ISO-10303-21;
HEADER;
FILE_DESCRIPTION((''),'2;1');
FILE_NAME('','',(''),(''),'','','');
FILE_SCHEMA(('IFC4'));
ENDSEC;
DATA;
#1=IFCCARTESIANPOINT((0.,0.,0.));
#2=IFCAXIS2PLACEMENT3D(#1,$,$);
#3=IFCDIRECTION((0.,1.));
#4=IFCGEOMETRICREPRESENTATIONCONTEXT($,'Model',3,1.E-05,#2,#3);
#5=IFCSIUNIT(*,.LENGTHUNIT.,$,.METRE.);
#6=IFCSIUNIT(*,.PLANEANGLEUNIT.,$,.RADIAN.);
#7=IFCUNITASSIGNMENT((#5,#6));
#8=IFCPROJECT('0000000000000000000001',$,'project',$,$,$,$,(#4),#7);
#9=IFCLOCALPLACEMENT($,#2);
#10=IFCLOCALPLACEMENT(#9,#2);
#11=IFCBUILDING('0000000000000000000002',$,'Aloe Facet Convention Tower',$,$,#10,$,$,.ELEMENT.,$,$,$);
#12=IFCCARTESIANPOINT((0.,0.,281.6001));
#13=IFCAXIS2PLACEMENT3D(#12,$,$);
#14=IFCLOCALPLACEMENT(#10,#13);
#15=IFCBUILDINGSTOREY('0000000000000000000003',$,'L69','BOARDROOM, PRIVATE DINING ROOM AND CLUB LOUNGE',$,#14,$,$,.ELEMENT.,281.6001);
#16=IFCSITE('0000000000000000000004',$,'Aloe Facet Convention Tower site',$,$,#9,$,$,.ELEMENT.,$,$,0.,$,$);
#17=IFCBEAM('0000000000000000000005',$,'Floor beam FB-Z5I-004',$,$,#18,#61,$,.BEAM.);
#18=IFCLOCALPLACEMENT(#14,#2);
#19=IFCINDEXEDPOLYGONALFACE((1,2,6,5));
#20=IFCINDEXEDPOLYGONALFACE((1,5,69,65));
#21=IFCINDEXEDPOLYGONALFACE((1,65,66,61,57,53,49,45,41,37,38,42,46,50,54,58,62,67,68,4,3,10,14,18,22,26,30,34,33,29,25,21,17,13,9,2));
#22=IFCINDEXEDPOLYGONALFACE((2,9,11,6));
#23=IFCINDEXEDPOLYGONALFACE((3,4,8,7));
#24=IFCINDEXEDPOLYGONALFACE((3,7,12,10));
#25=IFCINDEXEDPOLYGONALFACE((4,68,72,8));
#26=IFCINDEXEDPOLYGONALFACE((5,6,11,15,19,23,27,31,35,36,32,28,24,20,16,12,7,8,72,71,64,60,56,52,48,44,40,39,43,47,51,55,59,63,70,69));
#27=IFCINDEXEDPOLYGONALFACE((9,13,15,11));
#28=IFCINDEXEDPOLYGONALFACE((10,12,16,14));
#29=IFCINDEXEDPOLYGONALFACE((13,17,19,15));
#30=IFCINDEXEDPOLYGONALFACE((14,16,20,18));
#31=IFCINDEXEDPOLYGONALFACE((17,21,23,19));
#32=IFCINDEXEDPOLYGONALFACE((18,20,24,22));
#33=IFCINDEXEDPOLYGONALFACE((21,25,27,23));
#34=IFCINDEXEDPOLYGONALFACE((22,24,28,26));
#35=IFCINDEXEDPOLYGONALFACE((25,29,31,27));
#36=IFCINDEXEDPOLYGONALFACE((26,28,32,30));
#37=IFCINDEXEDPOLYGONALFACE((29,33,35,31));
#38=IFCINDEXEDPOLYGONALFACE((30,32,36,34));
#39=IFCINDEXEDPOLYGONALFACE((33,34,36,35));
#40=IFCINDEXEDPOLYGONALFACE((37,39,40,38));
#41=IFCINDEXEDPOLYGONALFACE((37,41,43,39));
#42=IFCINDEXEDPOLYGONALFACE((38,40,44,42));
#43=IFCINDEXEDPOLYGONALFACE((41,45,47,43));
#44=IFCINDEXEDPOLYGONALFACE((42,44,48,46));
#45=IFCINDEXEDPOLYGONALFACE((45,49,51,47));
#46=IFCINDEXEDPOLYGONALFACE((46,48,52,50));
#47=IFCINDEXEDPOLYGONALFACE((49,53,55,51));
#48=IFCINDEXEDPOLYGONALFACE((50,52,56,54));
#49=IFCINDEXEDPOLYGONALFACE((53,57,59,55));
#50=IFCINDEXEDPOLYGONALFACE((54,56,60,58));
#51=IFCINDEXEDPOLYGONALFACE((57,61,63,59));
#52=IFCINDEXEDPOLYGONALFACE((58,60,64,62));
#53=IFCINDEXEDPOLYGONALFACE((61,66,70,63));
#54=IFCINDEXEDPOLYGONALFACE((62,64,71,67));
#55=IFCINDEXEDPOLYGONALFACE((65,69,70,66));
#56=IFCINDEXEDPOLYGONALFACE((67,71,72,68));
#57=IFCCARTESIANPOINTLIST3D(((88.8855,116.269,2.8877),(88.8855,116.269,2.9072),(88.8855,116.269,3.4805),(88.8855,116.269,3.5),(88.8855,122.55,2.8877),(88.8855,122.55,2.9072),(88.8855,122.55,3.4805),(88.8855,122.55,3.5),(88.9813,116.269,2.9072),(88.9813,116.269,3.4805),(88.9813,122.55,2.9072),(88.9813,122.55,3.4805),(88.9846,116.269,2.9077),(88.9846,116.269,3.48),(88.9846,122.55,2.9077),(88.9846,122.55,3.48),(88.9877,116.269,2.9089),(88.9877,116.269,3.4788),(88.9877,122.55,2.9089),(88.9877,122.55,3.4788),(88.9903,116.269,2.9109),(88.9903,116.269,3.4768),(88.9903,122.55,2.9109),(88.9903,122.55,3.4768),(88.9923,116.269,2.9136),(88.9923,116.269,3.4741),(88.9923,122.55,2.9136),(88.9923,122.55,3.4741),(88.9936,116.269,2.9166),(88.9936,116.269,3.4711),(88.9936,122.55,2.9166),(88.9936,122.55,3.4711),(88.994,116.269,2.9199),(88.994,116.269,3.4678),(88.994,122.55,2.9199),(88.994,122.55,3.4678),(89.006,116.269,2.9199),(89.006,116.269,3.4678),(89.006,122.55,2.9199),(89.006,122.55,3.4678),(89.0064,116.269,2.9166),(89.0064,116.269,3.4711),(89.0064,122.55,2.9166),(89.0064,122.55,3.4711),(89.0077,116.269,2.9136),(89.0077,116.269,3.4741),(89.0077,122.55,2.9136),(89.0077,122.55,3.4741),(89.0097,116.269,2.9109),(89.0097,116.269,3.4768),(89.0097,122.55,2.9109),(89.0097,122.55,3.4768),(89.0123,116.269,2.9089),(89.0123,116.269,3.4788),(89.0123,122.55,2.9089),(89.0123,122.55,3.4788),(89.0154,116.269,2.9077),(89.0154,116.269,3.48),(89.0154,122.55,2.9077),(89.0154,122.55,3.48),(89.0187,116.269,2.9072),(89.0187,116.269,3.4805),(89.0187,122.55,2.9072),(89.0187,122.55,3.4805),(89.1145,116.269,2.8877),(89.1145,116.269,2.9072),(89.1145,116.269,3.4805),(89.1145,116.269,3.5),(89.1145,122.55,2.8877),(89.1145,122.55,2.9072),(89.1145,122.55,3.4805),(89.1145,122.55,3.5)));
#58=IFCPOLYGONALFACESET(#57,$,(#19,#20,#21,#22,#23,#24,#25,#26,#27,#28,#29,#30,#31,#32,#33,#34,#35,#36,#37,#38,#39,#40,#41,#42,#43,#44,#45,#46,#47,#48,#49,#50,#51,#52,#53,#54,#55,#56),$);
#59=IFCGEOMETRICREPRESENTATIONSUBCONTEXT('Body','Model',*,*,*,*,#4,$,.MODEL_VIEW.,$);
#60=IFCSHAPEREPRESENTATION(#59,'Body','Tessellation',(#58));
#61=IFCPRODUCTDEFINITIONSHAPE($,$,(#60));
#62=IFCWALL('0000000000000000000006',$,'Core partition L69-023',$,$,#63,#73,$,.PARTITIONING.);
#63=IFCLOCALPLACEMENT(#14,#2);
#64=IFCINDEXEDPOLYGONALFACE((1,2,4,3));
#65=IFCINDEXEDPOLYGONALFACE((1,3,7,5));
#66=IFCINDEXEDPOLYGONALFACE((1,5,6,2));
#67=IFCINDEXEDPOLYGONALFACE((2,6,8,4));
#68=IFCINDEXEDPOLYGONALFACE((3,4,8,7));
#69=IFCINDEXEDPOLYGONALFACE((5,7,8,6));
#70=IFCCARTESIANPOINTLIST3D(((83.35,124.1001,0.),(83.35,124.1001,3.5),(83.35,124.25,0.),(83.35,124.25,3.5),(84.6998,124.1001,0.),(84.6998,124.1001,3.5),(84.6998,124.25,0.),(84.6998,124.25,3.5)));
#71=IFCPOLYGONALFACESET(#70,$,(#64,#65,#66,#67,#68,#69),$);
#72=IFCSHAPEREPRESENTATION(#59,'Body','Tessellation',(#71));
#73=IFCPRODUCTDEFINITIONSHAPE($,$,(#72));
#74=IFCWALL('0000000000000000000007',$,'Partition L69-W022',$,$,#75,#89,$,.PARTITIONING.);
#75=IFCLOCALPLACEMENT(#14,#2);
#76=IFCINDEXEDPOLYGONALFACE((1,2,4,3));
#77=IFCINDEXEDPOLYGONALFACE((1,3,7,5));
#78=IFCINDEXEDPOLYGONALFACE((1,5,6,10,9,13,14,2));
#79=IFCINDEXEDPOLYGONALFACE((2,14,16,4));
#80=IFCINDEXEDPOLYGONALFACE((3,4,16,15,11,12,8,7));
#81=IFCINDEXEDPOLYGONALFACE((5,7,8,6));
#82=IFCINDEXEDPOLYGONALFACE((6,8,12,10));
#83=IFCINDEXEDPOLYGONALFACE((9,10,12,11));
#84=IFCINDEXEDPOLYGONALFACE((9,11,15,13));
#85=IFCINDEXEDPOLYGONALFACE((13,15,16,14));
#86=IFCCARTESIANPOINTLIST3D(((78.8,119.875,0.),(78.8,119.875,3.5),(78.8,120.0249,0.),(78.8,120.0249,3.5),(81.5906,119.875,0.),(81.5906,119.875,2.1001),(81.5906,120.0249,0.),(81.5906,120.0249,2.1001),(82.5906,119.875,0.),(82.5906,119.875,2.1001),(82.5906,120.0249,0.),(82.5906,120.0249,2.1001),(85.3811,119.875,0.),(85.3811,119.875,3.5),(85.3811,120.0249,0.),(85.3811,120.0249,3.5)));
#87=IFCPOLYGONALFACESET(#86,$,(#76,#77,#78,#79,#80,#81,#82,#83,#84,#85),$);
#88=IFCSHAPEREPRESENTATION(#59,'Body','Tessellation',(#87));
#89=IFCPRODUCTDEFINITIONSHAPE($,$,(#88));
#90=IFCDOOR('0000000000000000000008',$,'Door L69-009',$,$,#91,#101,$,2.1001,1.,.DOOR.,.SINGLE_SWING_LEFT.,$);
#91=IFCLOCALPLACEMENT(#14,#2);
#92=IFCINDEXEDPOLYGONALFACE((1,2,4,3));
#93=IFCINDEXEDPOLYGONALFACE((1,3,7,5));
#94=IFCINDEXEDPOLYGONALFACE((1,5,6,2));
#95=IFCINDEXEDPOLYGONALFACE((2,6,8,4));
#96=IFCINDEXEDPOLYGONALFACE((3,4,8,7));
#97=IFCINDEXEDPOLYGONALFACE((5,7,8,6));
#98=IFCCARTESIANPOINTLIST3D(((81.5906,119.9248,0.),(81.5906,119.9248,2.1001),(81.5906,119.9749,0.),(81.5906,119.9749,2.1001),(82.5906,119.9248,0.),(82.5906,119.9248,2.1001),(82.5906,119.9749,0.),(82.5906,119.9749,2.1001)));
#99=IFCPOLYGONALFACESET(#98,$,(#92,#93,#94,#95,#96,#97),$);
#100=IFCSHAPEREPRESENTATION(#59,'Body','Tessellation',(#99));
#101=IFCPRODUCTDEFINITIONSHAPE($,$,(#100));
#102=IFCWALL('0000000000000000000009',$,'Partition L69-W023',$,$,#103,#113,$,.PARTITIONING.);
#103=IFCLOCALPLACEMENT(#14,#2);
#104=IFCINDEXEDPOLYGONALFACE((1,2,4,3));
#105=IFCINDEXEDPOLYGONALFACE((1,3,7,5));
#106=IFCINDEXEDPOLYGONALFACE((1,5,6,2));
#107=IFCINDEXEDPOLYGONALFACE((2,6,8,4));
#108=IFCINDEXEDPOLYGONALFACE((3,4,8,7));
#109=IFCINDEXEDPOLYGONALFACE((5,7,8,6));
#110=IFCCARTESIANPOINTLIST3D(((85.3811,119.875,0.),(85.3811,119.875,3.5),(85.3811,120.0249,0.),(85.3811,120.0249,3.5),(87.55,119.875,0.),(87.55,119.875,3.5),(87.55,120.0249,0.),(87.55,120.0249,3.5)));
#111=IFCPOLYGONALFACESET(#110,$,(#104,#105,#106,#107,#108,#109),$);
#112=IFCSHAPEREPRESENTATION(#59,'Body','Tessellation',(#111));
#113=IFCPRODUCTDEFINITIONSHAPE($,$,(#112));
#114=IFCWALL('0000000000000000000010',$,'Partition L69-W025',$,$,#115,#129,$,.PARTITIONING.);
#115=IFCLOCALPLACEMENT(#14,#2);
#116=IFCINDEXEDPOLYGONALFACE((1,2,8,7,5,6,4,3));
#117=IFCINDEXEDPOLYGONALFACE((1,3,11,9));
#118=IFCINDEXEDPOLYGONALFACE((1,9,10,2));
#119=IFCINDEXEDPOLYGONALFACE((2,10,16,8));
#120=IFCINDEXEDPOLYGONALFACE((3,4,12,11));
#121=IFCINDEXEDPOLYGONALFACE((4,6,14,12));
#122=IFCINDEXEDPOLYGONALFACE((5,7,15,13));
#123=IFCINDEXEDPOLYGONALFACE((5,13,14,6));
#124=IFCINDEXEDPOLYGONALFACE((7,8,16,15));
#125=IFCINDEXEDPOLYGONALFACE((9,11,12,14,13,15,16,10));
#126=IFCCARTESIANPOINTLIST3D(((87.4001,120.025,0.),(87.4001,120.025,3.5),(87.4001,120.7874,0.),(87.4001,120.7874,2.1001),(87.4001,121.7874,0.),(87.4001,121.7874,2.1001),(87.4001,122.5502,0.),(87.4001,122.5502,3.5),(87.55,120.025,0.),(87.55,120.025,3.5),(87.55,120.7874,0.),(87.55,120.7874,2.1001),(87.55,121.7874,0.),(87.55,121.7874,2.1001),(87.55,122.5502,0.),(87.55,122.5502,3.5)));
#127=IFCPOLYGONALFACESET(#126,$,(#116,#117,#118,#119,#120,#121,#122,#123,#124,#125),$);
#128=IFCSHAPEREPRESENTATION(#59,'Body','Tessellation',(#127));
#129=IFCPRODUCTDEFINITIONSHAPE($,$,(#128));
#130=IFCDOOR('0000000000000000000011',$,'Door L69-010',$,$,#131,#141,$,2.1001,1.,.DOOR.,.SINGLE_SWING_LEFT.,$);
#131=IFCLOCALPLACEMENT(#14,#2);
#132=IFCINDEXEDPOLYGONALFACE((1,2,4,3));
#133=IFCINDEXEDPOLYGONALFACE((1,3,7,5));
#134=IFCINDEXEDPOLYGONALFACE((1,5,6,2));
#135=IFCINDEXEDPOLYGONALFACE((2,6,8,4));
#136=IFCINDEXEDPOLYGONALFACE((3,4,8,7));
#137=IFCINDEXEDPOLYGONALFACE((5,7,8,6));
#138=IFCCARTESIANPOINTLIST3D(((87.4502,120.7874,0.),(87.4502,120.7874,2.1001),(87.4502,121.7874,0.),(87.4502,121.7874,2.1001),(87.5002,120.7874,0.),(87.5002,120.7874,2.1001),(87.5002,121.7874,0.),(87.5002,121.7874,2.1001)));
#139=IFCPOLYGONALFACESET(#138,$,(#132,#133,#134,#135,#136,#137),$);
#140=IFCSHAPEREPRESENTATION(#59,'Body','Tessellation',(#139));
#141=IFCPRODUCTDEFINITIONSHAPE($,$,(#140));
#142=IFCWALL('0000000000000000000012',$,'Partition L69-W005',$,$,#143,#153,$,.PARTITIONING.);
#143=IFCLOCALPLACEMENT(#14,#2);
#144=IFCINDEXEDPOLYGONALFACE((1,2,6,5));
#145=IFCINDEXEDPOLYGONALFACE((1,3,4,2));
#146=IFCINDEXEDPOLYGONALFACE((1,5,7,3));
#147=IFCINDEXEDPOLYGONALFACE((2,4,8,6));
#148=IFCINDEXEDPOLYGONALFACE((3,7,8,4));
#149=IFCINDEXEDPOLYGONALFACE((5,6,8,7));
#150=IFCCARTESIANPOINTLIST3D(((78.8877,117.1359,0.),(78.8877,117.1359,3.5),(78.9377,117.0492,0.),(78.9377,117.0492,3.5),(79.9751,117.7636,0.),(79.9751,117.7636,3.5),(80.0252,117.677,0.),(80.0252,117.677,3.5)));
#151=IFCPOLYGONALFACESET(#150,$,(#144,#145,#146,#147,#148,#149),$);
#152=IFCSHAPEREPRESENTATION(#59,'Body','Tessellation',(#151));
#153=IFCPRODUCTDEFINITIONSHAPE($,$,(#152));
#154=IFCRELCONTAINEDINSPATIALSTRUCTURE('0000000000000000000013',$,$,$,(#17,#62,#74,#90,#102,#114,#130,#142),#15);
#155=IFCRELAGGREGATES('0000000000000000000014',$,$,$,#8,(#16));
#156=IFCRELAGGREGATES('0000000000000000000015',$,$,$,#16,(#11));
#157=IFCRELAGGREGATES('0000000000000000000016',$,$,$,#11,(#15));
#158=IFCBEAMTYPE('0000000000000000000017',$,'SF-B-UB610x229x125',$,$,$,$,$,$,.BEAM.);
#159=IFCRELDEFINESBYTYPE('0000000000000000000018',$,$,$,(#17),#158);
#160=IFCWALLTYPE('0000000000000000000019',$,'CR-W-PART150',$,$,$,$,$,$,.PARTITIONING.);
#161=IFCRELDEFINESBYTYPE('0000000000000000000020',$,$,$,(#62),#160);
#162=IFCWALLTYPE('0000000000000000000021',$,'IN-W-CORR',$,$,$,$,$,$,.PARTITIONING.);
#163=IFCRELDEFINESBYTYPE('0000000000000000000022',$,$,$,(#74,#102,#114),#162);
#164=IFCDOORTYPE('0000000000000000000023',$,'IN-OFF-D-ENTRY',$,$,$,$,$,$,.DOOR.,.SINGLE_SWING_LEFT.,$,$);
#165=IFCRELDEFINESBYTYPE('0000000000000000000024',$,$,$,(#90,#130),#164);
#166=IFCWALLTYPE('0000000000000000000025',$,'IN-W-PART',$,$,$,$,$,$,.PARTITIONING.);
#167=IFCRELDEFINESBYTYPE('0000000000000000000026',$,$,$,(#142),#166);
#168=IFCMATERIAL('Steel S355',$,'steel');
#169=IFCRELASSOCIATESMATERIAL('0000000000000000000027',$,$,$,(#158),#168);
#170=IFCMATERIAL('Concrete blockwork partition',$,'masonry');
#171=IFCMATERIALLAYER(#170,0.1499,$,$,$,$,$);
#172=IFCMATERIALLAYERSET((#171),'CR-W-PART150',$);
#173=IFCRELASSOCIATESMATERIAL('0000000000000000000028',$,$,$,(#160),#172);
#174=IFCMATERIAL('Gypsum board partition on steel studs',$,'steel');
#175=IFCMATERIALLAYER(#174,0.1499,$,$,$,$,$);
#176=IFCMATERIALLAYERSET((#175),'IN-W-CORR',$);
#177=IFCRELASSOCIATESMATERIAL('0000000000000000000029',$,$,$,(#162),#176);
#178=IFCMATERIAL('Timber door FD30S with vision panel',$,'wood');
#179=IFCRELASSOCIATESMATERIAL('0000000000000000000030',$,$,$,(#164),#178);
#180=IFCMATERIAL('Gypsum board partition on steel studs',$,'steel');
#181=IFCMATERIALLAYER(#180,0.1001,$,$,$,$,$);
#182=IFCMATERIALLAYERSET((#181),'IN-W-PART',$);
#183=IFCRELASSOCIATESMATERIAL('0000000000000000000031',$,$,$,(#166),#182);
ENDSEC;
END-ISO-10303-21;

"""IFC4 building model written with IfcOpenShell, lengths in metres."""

from ifc_helpers import new_model, si_unit, direction, frame, frame_2d, origin, origin_2d, place, context, subcontext, project, spatial, rectangle, i_section, extrude, material, layer, layer_set, material_profile, profile_set, type_object, element, fill, save


model = new_model("IFC4")

# Units and contexts
model_context = context("Model", 3, precision=1e-05, world=origin(), true_north=direction((0.0, 1.0)))
body_context = subcontext(model_context, "Body", "Model", "MODEL_VIEW")
ifc_project = project(units=[si_unit("LENGTHUNIT", "METRE"), si_unit("PLANEANGLEUNIT", "RADIAN")], contexts=[model_context])

# Site, building, storey
site_placement = place(None, origin())
site = spatial("IfcSite", under=ifc_project, at=site_placement, Name="Aloe Facet Convention Tower site", CompositionType="ELEMENT", RefElevation=0.0)
building_placement = place(site_placement, origin())
building = spatial("IfcBuilding", under=site, at=building_placement, Name="Aloe Facet Convention Tower", CompositionType="ELEMENT")
storey_placement = place(building_placement, frame((0.0, 0.0, 281.6001)))
storey = spatial("IfcBuildingStorey", under=building, at=storey_placement, Name="L69", Description="BOARDROOM, PRIVATE DINING ROOM AND CLUB LOUNGE", CompositionType="ELEMENT", Elevation=281.6001)

# Beam
ifc_material_1 = material(Name="Steel S355", Category="steel")
ifc_material_profile_1 = material_profile(ifc_material_1, i_section(OverallWidth=0.229, OverallDepth=0.6123, WebThickness=0.012, FlangeThickness=0.0195, FilletRadius=0.0127, at=origin_2d()), Name="UB 610x229x125")
ifc_profile_set_1 = profile_set([ifc_material_profile_1], Name="Steel S355")
beam_type_1 = type_object("IfcBeamType", Name="SF-B-UB610x229x125", PredefinedType="BEAM", material=ifc_profile_set_1)
beam_1_placement = place(storey_placement, frame((89.0, 122.55, 3.1938), z_axis=(0.0, -1.0, 0.0), x_axis=(1.0, 0.0, 0.0)))
element("IfcBeam", 1, at=beam_1_placement, inside=storey, type_object=beam_type_1, Name="Floor beam FB-Z5I-004", PredefinedType="BEAM", context=body_context, shape_type="SweptSolid", body=[
    extrude(i_section(OverallWidth=0.229, OverallDepth=0.6123, WebThickness=0.012, FlangeThickness=0.0195, FilletRadius=0.0127, at=origin_2d()), origin(), (0.0, 0.0, 1.0), 6.281),
])

# Wall
ifc_material_2 = material(Name="Concrete blockwork partition", Category="masonry")
ifc_layer_1 = layer(ifc_material_2, 0.1499)
ifc_layer_set_1 = layer_set([ifc_layer_1], Name="CR-W-PART150")
wall_type_1 = type_object("IfcWallType", Name="CR-W-PART150", PredefinedType="PARTITIONING", material=ifc_layer_set_1)
wall_1_placement = place(storey_placement, frame((83.3501, 124.175, 0.0), z_axis=(0.0, 0.0, 1.0), x_axis=(1.0, 0.0, 0.0)))
element("IfcWall", 2, at=wall_1_placement, inside=storey, type_object=wall_type_1, Name="Core partition L69-023", PredefinedType="PARTITIONING", context=body_context, shape_type="SweptSolid", body=[
    extrude(rectangle(XDim=1.3499, YDim=0.1499, at=frame_2d((0.6748, 0.0))), origin(), (0.0, 0.0, 1.0), 3.5),
])

# Wall, opening, door
ifc_material_3 = material(Name="Gypsum board partition on steel studs", Category="steel")
ifc_layer_2 = layer(ifc_material_3, 0.1499)
ifc_layer_set_2 = layer_set([ifc_layer_2], Name="IN-W-CORR")
wall_type_2 = type_object("IfcWallType", Name="IN-W-CORR", PredefinedType="PARTITIONING", material=ifc_layer_set_2)
wall_2_placement = place(storey_placement, frame((78.8, 119.95, 0.0), z_axis=(0.0, 0.0, 1.0), x_axis=(1.0, 0.0, 0.0)))
wall_2 = element("IfcWall", 3, at=wall_2_placement, inside=storey, type_object=wall_type_2, Name="Partition L69-W022", PredefinedType="PARTITIONING", context=body_context, shape_type="SweptSolid", body=[
    extrude(rectangle(XDim=6.5811, YDim=0.1499, at=frame_2d((3.2905, 0.0))), origin(), (0.0, 0.0, 1.0), 3.5),
])
opening_1_placement = place(wall_2_placement, frame((2.7905, 0.0, 0.0)))
opening_1 = element("IfcOpeningElement", 4, at=opening_1_placement, cuts=wall_2, PredefinedType="OPENING", context=body_context, shape_type="SweptSolid", body=[
    extrude(rectangle(XDim=1.0, YDim=2.1001, at=frame_2d((0.5, 1.05))), frame((0.0, 0.085, 0.0), z_axis=(0.0, -1.0, 0.0), x_axis=(1.0, 0.0, 0.0)), (0.0, 0.0, 1.0), 0.1699),
])
ifc_material_4 = material(Name="Timber door FD30S with vision panel", Category="wood")
door_type_1 = type_object("IfcDoorType", Name="IN-OFF-D-ENTRY", OperationType="SINGLE_SWING_LEFT", PredefinedType="DOOR", material=ifc_material_4)
door_1_placement = place(opening_1_placement, origin())
door_1 = element("IfcDoor", 5, at=door_1_placement, inside=storey, type_object=door_type_1, Name="Door L69-009", OperationType="SINGLE_SWING_LEFT", OverallHeight=2.1001, OverallWidth=1.0, PredefinedType="DOOR", context=body_context, shape_type="SweptSolid", body=[
    extrude(rectangle(XDim=1.0, YDim=2.1001, at=frame_2d((0.5, 1.05))), frame((0.0, 0.0249, 0.0), z_axis=(0.0, -1.0, 0.0), x_axis=(1.0, 0.0, 0.0)), (0.0, 0.0, 1.0), 0.05),
])
fill(opening_1, door_1)

# Wall
wall_3_placement = place(storey_placement, frame((85.3811, 119.95, 0.0), z_axis=(0.0, 0.0, 1.0), x_axis=(1.0, 0.0, 0.0)))
element("IfcWall", 6, at=wall_3_placement, inside=storey, type_object=wall_type_2, Name="Partition L69-W023", PredefinedType="PARTITIONING", context=body_context, shape_type="SweptSolid", body=[
    extrude(rectangle(XDim=2.1689, YDim=0.1499, at=frame_2d((1.0845, 0.0))), origin(), (0.0, 0.0, 1.0), 3.5),
])

# Wall, opening, door
wall_4_placement = place(storey_placement, frame((87.4751, 120.0249, 0.0), z_axis=(0.0, 0.0, 1.0), x_axis=(0.0, 1.0, 0.0)))
wall_4 = element("IfcWall", 7, at=wall_4_placement, inside=storey, type_object=wall_type_2, Name="Partition L69-W025", PredefinedType="PARTITIONING", context=body_context, shape_type="SweptSolid", body=[
    extrude(rectangle(XDim=2.5251, YDim=0.1499, at=frame_2d((1.2627, 0.0))), origin(), (0.0, 0.0, 1.0), 3.5),
])
opening_2_placement = place(wall_4_placement, frame((0.7625, 0.0, 0.0)))
opening_2 = element("IfcOpeningElement", 8, at=opening_2_placement, cuts=wall_4, PredefinedType="OPENING", context=body_context, shape_type="SweptSolid", body=[
    extrude(rectangle(XDim=1.0, YDim=2.1001, at=frame_2d((0.5, 1.05))), frame((0.0, 0.085, 0.0), z_axis=(0.0, -1.0, 0.0), x_axis=(1.0, 0.0, 0.0)), (0.0, 0.0, 1.0), 0.1699),
])
door_2_placement = place(opening_2_placement, origin())
door_2 = element("IfcDoor", 9, at=door_2_placement, inside=storey, type_object=door_type_1, Name="Door L69-010", OperationType="SINGLE_SWING_LEFT", OverallHeight=2.1001, OverallWidth=1.0, PredefinedType="DOOR", context=body_context, shape_type="SweptSolid", body=[
    extrude(rectangle(XDim=1.0, YDim=2.1001, at=frame_2d((0.5, 1.05))), frame((0.0, 0.0249, 0.0), z_axis=(0.0, -1.0, 0.0), x_axis=(1.0, 0.0, 0.0)), (0.0, 0.0, 1.0), 0.05),
])
fill(opening_2, door_2)

# Wall
ifc_material_5 = material(Name="Gypsum board partition on steel studs", Category="steel")
ifc_layer_3 = layer(ifc_material_5, 0.1001)
ifc_layer_set_3 = layer_set([ifc_layer_3], Name="IN-W-PART")
wall_type_3 = type_object("IfcWallType", Name="IN-W-PART", PredefinedType="PARTITIONING", material=ifc_layer_set_3)
wall_5_placement = place(storey_placement, frame((78.9126, 117.0925, 0.0), z_axis=(0.0, 0.0, 1.0), x_axis=(0.866069, 0.499924, 0.0)))
element("IfcWall", 10, at=wall_5_placement, inside=storey, type_object=wall_type_3, Name="Partition L69-W005", PredefinedType="PARTITIONING", context=body_context, shape_type="SweptSolid", body=[
    extrude(rectangle(XDim=1.2556, YDim=0.1001, at=frame_2d((0.6279, 0.0))), origin(), (0.0, 0.0, 1.0), 3.5),
])

save(model, "model.ifc")
